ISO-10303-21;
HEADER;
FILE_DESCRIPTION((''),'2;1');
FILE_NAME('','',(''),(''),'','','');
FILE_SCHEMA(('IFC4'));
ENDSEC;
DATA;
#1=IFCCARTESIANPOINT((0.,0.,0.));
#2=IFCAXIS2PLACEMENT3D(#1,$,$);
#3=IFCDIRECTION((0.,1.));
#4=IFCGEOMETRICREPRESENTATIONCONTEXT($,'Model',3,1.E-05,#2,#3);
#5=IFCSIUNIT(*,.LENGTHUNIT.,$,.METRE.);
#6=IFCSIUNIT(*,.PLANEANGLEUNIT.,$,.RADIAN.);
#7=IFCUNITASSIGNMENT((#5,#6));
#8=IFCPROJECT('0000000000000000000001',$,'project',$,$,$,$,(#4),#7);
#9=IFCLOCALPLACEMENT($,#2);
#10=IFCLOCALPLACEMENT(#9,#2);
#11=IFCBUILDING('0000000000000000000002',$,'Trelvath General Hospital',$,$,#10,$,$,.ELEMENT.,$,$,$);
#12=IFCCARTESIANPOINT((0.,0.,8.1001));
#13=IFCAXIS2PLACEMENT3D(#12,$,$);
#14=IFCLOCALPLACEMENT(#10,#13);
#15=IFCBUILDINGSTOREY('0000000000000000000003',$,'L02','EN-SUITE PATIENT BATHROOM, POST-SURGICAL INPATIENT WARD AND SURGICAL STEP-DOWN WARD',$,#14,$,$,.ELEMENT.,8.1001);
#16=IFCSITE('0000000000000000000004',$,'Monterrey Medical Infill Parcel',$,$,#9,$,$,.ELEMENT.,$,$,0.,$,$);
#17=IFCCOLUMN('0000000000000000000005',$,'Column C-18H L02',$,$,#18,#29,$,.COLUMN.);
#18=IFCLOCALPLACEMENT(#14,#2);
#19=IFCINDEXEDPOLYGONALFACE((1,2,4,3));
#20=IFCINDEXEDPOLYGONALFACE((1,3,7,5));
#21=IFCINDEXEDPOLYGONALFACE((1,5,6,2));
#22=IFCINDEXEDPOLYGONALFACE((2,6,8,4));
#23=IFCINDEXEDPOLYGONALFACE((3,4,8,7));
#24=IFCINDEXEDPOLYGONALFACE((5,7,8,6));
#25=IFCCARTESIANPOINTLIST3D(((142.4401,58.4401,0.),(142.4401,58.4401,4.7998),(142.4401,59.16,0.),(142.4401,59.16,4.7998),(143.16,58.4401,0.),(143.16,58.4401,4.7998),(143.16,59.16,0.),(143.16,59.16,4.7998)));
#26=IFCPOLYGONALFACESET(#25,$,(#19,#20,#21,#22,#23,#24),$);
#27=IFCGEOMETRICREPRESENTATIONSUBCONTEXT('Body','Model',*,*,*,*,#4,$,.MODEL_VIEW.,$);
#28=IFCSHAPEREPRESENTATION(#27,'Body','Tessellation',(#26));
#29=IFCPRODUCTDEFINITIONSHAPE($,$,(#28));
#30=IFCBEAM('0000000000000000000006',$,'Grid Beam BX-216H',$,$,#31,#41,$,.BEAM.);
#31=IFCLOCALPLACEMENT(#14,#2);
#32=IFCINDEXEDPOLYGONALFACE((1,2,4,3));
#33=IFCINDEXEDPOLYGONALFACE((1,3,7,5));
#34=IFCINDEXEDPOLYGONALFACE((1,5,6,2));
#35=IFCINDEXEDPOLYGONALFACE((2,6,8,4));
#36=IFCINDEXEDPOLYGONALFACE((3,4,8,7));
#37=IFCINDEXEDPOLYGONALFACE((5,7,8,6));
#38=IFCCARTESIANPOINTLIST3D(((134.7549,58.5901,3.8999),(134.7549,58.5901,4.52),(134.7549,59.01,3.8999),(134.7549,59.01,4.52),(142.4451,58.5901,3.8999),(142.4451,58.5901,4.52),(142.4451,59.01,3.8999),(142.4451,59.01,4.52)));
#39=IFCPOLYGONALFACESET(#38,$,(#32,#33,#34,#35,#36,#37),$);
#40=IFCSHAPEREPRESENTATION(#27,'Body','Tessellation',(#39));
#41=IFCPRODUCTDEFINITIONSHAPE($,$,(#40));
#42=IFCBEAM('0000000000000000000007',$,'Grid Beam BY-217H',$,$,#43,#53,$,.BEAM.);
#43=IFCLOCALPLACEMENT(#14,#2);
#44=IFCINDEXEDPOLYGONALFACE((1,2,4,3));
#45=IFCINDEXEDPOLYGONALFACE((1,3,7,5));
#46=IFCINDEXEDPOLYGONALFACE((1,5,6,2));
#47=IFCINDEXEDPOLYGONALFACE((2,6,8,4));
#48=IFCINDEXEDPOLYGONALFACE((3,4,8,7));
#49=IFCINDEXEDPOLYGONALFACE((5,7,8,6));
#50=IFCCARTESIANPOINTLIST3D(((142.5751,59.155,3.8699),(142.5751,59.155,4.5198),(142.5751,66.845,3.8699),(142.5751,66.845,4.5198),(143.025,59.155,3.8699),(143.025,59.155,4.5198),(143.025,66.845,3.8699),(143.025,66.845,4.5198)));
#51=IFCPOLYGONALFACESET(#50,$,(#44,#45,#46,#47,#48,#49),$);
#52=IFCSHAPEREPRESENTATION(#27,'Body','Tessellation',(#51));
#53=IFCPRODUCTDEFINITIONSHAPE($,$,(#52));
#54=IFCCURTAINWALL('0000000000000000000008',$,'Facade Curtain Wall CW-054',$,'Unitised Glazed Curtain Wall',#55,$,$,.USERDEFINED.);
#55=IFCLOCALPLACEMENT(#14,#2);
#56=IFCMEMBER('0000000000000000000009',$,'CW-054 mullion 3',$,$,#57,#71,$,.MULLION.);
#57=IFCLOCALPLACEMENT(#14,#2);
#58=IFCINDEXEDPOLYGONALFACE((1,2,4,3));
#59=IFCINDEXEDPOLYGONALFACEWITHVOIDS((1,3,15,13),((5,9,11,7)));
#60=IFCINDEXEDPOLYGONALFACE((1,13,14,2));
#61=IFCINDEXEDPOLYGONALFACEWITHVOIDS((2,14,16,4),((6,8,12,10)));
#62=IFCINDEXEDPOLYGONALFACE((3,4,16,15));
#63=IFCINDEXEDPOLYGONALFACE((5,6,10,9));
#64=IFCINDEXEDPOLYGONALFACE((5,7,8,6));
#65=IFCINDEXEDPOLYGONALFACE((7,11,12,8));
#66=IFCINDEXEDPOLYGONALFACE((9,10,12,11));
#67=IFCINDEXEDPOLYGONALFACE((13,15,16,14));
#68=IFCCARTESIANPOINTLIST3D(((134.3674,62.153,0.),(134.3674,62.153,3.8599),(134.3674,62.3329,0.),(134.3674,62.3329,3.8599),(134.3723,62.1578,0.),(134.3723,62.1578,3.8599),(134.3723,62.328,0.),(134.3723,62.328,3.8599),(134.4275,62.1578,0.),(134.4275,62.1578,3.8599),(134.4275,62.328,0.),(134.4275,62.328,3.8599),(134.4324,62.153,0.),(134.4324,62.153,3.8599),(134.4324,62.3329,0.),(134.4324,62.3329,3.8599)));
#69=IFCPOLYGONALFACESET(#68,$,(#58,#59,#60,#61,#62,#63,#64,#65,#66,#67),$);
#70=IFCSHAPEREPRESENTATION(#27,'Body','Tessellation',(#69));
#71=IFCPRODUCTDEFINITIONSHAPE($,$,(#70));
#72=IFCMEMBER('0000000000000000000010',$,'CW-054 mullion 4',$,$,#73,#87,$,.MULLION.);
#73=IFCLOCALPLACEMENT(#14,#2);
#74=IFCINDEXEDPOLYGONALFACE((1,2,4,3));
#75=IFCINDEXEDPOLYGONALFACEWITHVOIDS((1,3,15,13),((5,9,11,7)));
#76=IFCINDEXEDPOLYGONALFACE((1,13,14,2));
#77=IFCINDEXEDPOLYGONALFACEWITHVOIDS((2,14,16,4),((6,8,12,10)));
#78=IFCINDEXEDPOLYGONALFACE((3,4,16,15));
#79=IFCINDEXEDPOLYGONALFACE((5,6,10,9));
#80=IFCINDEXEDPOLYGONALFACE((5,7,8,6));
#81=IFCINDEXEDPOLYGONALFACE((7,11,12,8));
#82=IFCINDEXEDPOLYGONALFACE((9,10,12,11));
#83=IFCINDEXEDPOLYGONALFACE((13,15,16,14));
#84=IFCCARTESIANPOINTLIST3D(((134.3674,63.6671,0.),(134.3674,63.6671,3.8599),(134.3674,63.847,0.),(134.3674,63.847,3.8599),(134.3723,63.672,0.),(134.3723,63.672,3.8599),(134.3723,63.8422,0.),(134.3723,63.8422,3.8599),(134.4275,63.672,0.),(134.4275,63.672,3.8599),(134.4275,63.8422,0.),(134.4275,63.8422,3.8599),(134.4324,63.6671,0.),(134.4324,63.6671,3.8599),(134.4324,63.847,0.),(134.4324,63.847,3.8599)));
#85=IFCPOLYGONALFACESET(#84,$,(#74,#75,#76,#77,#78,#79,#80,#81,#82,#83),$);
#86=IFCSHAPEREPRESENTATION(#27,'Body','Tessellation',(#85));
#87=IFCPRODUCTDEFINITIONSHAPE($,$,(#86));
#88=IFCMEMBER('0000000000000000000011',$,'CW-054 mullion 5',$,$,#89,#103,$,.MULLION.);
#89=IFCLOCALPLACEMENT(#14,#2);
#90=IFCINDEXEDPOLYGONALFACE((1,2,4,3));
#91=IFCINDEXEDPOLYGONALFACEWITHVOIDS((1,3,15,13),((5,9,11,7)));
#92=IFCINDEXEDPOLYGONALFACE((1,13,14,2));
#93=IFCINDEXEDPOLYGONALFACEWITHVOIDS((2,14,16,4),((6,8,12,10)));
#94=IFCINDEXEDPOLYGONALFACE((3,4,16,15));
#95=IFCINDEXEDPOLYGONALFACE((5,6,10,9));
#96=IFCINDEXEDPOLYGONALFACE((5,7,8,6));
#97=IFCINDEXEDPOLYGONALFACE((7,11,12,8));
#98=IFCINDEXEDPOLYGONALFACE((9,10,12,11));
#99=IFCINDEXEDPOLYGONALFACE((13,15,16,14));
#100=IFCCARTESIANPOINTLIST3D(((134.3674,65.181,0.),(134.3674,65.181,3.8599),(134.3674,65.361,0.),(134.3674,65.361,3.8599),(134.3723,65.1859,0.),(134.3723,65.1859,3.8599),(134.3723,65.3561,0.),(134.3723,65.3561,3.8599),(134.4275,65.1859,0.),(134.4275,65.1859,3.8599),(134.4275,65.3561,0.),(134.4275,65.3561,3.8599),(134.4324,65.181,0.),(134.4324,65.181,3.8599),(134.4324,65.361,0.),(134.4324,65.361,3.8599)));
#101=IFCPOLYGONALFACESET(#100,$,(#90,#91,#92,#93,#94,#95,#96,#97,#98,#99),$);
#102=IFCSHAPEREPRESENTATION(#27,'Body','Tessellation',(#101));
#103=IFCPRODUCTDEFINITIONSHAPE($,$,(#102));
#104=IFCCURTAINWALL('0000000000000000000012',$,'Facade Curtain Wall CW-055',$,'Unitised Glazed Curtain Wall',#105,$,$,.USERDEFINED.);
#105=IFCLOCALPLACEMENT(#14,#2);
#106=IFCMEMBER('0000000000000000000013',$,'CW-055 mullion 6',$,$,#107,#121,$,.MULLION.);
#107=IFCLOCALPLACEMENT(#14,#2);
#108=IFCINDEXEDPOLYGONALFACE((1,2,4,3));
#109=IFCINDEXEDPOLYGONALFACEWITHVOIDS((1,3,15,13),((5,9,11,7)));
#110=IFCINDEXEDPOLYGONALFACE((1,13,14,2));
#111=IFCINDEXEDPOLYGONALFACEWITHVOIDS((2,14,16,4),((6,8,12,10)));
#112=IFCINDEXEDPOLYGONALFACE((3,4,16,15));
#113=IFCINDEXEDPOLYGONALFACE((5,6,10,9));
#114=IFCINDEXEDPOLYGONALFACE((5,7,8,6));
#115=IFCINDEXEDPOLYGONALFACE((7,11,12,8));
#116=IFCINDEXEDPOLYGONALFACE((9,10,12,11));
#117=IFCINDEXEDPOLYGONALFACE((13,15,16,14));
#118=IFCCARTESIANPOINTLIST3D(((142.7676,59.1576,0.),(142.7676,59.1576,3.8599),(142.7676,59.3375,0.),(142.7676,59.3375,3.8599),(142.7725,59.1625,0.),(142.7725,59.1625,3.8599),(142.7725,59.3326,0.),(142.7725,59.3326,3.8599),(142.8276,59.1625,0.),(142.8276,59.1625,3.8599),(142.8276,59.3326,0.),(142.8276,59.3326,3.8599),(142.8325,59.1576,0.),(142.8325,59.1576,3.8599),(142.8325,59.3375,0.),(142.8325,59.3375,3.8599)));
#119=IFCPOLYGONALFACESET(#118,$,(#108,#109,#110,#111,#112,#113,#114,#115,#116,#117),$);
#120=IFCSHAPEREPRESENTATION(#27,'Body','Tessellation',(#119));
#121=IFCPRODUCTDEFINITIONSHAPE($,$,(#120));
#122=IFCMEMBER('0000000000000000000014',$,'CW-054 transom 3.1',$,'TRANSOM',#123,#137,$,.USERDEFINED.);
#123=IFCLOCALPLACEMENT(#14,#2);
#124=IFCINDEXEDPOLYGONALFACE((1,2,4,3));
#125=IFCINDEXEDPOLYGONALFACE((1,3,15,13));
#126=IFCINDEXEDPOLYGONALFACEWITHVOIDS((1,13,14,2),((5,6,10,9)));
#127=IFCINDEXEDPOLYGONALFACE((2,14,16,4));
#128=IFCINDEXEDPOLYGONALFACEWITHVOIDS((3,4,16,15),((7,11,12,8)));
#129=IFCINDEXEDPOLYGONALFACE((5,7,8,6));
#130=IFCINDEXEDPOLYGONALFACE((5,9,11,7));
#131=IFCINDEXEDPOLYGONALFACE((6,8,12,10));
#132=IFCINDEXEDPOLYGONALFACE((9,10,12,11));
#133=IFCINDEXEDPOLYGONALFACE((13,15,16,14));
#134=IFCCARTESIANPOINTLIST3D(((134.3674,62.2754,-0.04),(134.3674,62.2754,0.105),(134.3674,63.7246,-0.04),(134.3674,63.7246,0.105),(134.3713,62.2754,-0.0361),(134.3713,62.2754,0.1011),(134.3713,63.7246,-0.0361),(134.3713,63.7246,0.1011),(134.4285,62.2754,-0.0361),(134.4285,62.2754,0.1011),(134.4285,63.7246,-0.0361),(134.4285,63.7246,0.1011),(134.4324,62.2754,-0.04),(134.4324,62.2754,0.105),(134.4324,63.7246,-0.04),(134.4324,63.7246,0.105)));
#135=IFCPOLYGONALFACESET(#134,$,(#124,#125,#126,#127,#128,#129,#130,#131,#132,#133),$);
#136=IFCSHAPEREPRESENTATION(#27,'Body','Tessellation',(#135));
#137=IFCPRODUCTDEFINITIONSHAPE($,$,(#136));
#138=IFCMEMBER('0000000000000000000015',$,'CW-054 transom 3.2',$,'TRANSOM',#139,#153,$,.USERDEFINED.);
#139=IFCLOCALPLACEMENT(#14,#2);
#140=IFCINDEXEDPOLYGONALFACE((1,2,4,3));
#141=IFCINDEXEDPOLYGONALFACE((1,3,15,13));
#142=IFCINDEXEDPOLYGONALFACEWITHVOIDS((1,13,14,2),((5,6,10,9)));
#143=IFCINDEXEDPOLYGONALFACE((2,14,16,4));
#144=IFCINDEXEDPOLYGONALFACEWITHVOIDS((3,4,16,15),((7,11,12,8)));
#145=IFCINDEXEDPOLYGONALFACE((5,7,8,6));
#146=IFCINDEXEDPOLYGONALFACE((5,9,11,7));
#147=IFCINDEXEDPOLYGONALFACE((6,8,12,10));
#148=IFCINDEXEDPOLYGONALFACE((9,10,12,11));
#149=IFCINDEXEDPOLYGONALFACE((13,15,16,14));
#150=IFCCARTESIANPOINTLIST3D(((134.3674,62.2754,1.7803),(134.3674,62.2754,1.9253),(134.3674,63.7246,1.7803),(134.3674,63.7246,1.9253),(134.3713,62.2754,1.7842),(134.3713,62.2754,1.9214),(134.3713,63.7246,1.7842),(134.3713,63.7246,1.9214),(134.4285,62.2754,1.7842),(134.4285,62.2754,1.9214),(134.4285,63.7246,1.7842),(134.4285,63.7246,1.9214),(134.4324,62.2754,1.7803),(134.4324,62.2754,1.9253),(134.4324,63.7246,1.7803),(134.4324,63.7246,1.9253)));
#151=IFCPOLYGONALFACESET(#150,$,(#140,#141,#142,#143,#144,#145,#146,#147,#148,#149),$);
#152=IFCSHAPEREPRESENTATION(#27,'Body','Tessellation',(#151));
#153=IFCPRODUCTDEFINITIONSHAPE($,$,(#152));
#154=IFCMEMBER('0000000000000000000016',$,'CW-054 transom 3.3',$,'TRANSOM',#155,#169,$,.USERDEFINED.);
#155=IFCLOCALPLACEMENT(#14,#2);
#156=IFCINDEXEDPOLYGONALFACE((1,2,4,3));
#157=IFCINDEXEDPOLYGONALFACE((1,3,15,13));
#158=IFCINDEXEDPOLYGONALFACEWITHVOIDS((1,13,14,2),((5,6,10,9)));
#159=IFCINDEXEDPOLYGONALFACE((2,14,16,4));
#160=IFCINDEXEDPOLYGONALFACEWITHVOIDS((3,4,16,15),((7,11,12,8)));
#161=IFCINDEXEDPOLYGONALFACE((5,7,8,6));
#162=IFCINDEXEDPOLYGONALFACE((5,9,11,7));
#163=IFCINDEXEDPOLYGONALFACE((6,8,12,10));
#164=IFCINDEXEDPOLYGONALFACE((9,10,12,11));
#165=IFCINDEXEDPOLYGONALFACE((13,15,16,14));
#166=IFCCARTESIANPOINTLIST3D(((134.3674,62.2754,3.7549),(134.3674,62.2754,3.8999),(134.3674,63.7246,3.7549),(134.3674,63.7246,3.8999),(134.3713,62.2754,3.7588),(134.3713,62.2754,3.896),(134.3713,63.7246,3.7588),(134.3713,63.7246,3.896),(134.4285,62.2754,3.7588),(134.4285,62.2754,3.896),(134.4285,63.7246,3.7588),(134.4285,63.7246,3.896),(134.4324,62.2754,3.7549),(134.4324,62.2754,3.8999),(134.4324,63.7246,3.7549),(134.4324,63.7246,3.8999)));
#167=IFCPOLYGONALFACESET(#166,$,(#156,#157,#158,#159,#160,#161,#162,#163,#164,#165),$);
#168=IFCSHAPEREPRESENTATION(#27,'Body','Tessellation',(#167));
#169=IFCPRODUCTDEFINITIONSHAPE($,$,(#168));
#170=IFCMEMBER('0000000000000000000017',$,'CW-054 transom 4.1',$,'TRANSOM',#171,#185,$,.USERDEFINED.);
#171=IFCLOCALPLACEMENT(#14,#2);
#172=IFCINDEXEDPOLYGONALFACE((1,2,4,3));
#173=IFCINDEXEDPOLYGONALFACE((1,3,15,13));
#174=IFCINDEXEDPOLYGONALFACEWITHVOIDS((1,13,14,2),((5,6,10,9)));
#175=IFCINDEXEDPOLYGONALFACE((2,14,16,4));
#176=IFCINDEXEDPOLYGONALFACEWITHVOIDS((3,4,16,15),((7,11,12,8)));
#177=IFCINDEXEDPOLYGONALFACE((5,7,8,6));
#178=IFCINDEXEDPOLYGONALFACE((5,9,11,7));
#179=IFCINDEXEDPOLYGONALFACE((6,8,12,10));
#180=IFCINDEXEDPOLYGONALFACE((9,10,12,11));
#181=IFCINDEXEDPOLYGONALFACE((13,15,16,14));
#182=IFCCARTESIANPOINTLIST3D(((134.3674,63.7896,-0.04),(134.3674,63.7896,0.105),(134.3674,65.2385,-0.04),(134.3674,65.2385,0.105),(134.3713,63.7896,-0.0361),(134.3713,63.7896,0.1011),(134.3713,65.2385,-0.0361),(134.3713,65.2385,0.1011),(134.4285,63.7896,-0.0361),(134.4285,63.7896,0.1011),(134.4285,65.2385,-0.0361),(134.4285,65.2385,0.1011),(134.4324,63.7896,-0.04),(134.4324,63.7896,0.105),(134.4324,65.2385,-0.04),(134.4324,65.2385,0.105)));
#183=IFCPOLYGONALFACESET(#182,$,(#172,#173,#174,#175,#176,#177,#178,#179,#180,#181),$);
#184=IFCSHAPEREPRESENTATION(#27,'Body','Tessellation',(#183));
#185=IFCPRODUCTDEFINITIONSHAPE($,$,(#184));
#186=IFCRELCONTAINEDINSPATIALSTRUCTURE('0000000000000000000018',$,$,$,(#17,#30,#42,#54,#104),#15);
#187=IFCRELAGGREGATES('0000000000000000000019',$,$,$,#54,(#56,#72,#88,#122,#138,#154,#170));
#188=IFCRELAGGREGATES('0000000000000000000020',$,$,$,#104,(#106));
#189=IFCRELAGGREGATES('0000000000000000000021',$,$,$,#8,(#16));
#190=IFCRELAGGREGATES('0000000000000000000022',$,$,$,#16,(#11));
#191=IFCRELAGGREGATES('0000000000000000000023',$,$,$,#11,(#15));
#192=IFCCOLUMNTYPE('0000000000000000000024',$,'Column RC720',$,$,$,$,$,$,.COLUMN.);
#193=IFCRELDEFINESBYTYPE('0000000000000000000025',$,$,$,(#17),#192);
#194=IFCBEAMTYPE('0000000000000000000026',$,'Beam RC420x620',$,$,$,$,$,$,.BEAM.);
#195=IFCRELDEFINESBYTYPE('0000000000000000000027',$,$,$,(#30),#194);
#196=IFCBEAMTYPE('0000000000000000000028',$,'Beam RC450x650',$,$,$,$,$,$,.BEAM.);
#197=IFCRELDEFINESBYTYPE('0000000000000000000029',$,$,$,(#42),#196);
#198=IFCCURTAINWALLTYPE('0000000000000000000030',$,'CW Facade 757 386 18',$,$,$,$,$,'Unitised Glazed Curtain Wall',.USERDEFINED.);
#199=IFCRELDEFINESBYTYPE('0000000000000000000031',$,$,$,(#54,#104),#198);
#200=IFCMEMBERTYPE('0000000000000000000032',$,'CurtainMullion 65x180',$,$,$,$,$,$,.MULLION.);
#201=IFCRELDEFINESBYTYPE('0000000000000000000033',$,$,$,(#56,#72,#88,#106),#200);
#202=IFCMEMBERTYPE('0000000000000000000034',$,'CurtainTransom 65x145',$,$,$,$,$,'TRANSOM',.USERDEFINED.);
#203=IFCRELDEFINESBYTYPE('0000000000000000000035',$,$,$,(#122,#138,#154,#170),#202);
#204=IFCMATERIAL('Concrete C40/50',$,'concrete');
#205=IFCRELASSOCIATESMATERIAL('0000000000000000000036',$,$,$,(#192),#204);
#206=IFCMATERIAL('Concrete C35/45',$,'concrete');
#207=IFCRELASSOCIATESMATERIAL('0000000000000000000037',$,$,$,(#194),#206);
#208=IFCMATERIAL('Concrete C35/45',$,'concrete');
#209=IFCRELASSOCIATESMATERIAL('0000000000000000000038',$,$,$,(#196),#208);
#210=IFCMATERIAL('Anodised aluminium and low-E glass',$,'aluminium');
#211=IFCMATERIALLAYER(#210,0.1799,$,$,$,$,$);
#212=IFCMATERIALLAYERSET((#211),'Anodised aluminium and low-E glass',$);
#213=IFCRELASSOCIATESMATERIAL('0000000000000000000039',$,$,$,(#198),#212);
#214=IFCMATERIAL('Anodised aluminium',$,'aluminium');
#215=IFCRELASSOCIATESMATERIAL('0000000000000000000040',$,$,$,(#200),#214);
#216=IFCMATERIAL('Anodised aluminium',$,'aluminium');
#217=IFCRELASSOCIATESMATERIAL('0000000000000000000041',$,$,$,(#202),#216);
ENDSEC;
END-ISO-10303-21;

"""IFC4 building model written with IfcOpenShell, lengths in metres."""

from ifc_helpers import new_model, si_unit, direction, frame, origin, origin_2d, place, context, subcontext, project, spatial, rectangle, hollow_rectangle, extrude, material, layer, layer_set, material_profile, profile_set, type_object, element, aggregate, save


model = new_model("IFC4")

# Units and contexts
model_context = context("Model", 3, precision=1e-05, world=origin(), true_north=direction((0.0, 1.0)))
body_context = subcontext(model_context, "Body", "Model", "MODEL_VIEW")
ifc_project = project(units=[si_unit("LENGTHUNIT", "METRE"), si_unit("PLANEANGLEUNIT", "RADIAN")], contexts=[model_context])

# Site, building, storey
site_placement = place(None, origin())
site = spatial("IfcSite", under=ifc_project, at=site_placement, Name="Monterrey Medical Infill Parcel", CompositionType="ELEMENT", RefElevation=0.0)
building_placement = place(site_placement, origin())
building = spatial("IfcBuilding", under=site, at=building_placement, Name="Trelvath General Hospital", CompositionType="ELEMENT")
storey_placement = place(building_placement, frame((0.0, 0.0, 8.1001)))
storey = spatial("IfcBuildingStorey", under=building, at=storey_placement, Name="L02", Description="EN-SUITE PATIENT BATHROOM, POST-SURGICAL INPATIENT WARD AND SURGICAL STEP-DOWN WARD", CompositionType="ELEMENT", Elevation=8.1001)

# Column
ifc_material_1 = material(Name="Concrete C40/50", Category="concrete")
ifc_material_profile_1 = material_profile(ifc_material_1, rectangle(XDim=0.72, YDim=0.72, at=origin_2d()), Name="RC720x720")
ifc_profile_set_1 = profile_set([ifc_material_profile_1], Name="Concrete C40/50")
column_type = type_object("IfcColumnType", Name="Column RC720", PredefinedType="COLUMN", material=ifc_profile_set_1)
column_placement = place(storey_placement, frame((142.8, 58.8, 0.0), z_axis=(0.0, 0.0, 1.0), x_axis=(1.0, 0.0, 0.0)))
element("IfcColumn", 1, at=column_placement, inside=storey, type_object=column_type, Name="Column C-18H L02", PredefinedType="COLUMN", context=body_context, shape_type="SweptSolid", body=[
    extrude(rectangle(XDim=0.72, YDim=0.72, at=origin_2d()), origin(), (0.0, 0.0, 1.0), 4.7998),
])

# Beams
ifc_material_2 = material(Name="Concrete C35/45", Category="concrete")
ifc_material_profile_2 = material_profile(ifc_material_2, rectangle(XDim=0.4199, YDim=0.6201, at=origin_2d()), Name="RCB420x620")
ifc_profile_set_2 = profile_set([ifc_material_profile_2], Name="Concrete C35/45")
beam_type_1 = type_object("IfcBeamType", Name="Beam RC420x620", PredefinedType="BEAM", material=ifc_profile_set_2)
beam_1_placement = place(storey_placement, frame((134.7549, 58.8, 4.21), z_axis=(1.0, 0.0, 0.0), x_axis=(0.0, 1.0, 0.0)))
element("IfcBeam", 2, at=beam_1_placement, inside=storey, type_object=beam_type_1, Name="Grid Beam BX-216H", PredefinedType="BEAM", context=body_context, shape_type="SweptSolid", body=[
    extrude(rectangle(XDim=0.4199, YDim=0.6201, at=origin_2d()), origin(), (0.0, 0.0, 1.0), 7.6902),
])
ifc_material_3 = material(Name="Concrete C35/45", Category="concrete")
ifc_material_profile_3 = material_profile(ifc_material_3, rectangle(XDim=0.45, YDim=0.6499, at=origin_2d()), Name="RCB450x650")
ifc_profile_set_3 = profile_set([ifc_material_profile_3], Name="Concrete C35/45")
beam_type_2 = type_object("IfcBeamType", Name="Beam RC450x650", PredefinedType="BEAM", material=ifc_profile_set_3)
beam_2_placement = place(storey_placement, frame((142.8, 59.155, 4.1948), z_axis=(0.0, 1.0, 0.0), x_axis=(-1.0, 0.0, 0.0)))
element("IfcBeam", 3, at=beam_2_placement, inside=storey, type_object=beam_type_2, Name="Grid Beam BY-217H", PredefinedType="BEAM", context=body_context, shape_type="SweptSolid", body=[
    extrude(rectangle(XDim=0.45, YDim=0.6499, at=origin_2d()), origin(), (0.0, 0.0, 1.0), 7.6899),
])

# Curtain wall, members
ifc_material_4 = material(Name="Anodised aluminium and low-E glass", Category="aluminium")
ifc_layer_1 = layer(ifc_material_4, 0.1799)
ifc_layer_set_1 = layer_set([ifc_layer_1], Name="Anodised aluminium and low-E glass")
curtain_wall_type = type_object("IfcCurtainWallType", Name="CW Facade 757 386 18", ElementType="Unitised Glazed Curtain Wall", PredefinedType="USERDEFINED", material=ifc_layer_set_1)
curtain_wall_1_placement = place(storey_placement, origin())
curtain_wall_1 = element("IfcCurtainWall", 4, at=curtain_wall_1_placement, inside=storey, type_object=curtain_wall_type, Name="Facade Curtain Wall CW-054", ObjectType="Unitised Glazed Curtain Wall", PredefinedType="USERDEFINED")
ifc_material_5 = material(Name="Anodised aluminium", Category="aluminium")
ifc_material_profile_4 = material_profile(ifc_material_5, hollow_rectangle(XDim=0.0649, YDim=0.1799, WallThickness=0.0049, at=origin_2d()), Name="RHS65x180x5")
ifc_profile_set_4 = profile_set([ifc_material_profile_4], Name="Anodised aluminium")
member_type_1 = type_object("IfcMemberType", Name="CurtainMullion 65x180", PredefinedType="MULLION", material=ifc_profile_set_4)
member_1_placement = place(storey_placement, frame((134.3999, 62.2429, 0.0), z_axis=(0.0, 0.0, 1.0), x_axis=(-1.0, 0.0, 0.0)))
member_1 = element("IfcMember", 5, at=member_1_placement, type_object=member_type_1, Name="CW-054 mullion 3", PredefinedType="MULLION", context=body_context, shape_type="SweptSolid", body=[
    extrude(hollow_rectangle(XDim=0.0649, YDim=0.1799, WallThickness=0.0049, at=origin_2d()), origin(), (0.0, 0.0, 1.0), 3.8599),
])
member_2_placement = place(storey_placement, frame((134.3999, 63.7571, 0.0), z_axis=(0.0, 0.0, 1.0), x_axis=(-1.0, 0.0, 0.0)))
member_2 = element("IfcMember", 6, at=member_2_placement, type_object=member_type_1, Name="CW-054 mullion 4", PredefinedType="MULLION", context=body_context, shape_type="SweptSolid", body=[
    extrude(hollow_rectangle(XDim=0.0649, YDim=0.1799, WallThickness=0.0049, at=origin_2d()), origin(), (0.0, 0.0, 1.0), 3.8599),
])
member_3_placement = place(storey_placement, frame((134.3999, 65.271, 0.0), z_axis=(0.0, 0.0, 1.0), x_axis=(-1.0, 0.0, 0.0)))
member_3 = element("IfcMember", 7, at=member_3_placement, type_object=member_type_1, Name="CW-054 mullion 5", PredefinedType="MULLION", context=body_context, shape_type="SweptSolid", body=[
    extrude(hollow_rectangle(XDim=0.0649, YDim=0.1799, WallThickness=0.0049, at=origin_2d()), origin(), (0.0, 0.0, 1.0), 3.8599),
])

# Curtain wall, member
curtain_wall_2_placement = place(storey_placement, origin())
curtain_wall_2 = element("IfcCurtainWall", 8, at=curtain_wall_2_placement, inside=storey, type_object=curtain_wall_type, Name="Facade Curtain Wall CW-055", ObjectType="Unitised Glazed Curtain Wall", PredefinedType="USERDEFINED")
member_4_placement = place(storey_placement, frame((142.8, 59.2476, 0.0), z_axis=(0.0, 0.0, 1.0), x_axis=(1.0, 0.0, 0.0)))
member_4 = element("IfcMember", 9, at=member_4_placement, type_object=member_type_1, Name="CW-055 mullion 6", PredefinedType="MULLION", context=body_context, shape_type="SweptSolid", body=[
    extrude(hollow_rectangle(XDim=0.0649, YDim=0.1799, WallThickness=0.0049, at=origin_2d()), origin(), (0.0, 0.0, 1.0), 3.8599),
])

# Members
ifc_material_6 = material(Name="Anodised aluminium", Category="aluminium")
ifc_material_profile_5 = material_profile(ifc_material_6, hollow_rectangle(XDim=0.0649, YDim=0.145, WallThickness=0.0039, at=origin_2d()), Name="RHS65x145x4")
ifc_profile_set_5 = profile_set([ifc_material_profile_5], Name="Anodised aluminium")
member_type_2 = type_object("IfcMemberType", Name="CurtainTransom 65x145", ElementType="TRANSOM", PredefinedType="USERDEFINED", material=ifc_profile_set_5)
member_5_placement = place(storey_placement, frame((134.3999, 62.2754, 0.0325), z_axis=(0.0, 1.0, 0.0), x_axis=(-1.0, 0.0, 0.0)))
member_5 = element("IfcMember", 10, at=member_5_placement, type_object=member_type_2, Name="CW-054 transom 3.1", ObjectType="TRANSOM", PredefinedType="USERDEFINED", context=body_context, shape_type="SweptSolid", body=[
    extrude(hollow_rectangle(XDim=0.0649, YDim=0.145, WallThickness=0.0039, at=origin_2d()), origin(), (0.0, 0.0, 1.0), 1.4492),
])
member_6_placement = place(storey_placement, frame((134.3999, 62.2754, 1.8528), z_axis=(0.0, 1.0, 0.0), x_axis=(-1.0, 0.0, 0.0)))
member_6 = element("IfcMember", 11, at=member_6_placement, type_object=member_type_2, Name="CW-054 transom 3.2", ObjectType="TRANSOM", PredefinedType="USERDEFINED", context=body_context, shape_type="SweptSolid", body=[
    extrude(hollow_rectangle(XDim=0.0649, YDim=0.145, WallThickness=0.0039, at=origin_2d()), origin(), (0.0, 0.0, 1.0), 1.4492),
])
member_7_placement = place(storey_placement, frame((134.3999, 62.2754, 3.8274), z_axis=(0.0, 1.0, 0.0), x_axis=(-1.0, 0.0, 0.0)))
member_7 = element("IfcMember", 12, at=member_7_placement, type_object=member_type_2, Name="CW-054 transom 3.3", ObjectType="TRANSOM", PredefinedType="USERDEFINED", context=body_context, shape_type="SweptSolid", body=[
    extrude(hollow_rectangle(XDim=0.0649, YDim=0.145, WallThickness=0.0039, at=origin_2d()), origin(), (0.0, 0.0, 1.0), 1.4492),
])
member_8_placement = place(storey_placement, frame((134.3999, 63.7896, 0.0325), z_axis=(0.0, 1.0, 0.0), x_axis=(-1.0, 0.0, 0.0)))
member_8 = element("IfcMember", 13, at=member_8_placement, type_object=member_type_2, Name="CW-054 transom 4.1", ObjectType="TRANSOM", PredefinedType="USERDEFINED", context=body_context, shape_type="SweptSolid", body=[
    extrude(hollow_rectangle(XDim=0.0649, YDim=0.145, WallThickness=0.0039, at=origin_2d()), origin(), (0.0, 0.0, 1.0), 1.449),
])

aggregate(curtain_wall_1, [member_1, member_2, member_3, member_5, member_6, member_7, member_8])
aggregate(curtain_wall_2, [member_4])

save(model, "model.ifc")
